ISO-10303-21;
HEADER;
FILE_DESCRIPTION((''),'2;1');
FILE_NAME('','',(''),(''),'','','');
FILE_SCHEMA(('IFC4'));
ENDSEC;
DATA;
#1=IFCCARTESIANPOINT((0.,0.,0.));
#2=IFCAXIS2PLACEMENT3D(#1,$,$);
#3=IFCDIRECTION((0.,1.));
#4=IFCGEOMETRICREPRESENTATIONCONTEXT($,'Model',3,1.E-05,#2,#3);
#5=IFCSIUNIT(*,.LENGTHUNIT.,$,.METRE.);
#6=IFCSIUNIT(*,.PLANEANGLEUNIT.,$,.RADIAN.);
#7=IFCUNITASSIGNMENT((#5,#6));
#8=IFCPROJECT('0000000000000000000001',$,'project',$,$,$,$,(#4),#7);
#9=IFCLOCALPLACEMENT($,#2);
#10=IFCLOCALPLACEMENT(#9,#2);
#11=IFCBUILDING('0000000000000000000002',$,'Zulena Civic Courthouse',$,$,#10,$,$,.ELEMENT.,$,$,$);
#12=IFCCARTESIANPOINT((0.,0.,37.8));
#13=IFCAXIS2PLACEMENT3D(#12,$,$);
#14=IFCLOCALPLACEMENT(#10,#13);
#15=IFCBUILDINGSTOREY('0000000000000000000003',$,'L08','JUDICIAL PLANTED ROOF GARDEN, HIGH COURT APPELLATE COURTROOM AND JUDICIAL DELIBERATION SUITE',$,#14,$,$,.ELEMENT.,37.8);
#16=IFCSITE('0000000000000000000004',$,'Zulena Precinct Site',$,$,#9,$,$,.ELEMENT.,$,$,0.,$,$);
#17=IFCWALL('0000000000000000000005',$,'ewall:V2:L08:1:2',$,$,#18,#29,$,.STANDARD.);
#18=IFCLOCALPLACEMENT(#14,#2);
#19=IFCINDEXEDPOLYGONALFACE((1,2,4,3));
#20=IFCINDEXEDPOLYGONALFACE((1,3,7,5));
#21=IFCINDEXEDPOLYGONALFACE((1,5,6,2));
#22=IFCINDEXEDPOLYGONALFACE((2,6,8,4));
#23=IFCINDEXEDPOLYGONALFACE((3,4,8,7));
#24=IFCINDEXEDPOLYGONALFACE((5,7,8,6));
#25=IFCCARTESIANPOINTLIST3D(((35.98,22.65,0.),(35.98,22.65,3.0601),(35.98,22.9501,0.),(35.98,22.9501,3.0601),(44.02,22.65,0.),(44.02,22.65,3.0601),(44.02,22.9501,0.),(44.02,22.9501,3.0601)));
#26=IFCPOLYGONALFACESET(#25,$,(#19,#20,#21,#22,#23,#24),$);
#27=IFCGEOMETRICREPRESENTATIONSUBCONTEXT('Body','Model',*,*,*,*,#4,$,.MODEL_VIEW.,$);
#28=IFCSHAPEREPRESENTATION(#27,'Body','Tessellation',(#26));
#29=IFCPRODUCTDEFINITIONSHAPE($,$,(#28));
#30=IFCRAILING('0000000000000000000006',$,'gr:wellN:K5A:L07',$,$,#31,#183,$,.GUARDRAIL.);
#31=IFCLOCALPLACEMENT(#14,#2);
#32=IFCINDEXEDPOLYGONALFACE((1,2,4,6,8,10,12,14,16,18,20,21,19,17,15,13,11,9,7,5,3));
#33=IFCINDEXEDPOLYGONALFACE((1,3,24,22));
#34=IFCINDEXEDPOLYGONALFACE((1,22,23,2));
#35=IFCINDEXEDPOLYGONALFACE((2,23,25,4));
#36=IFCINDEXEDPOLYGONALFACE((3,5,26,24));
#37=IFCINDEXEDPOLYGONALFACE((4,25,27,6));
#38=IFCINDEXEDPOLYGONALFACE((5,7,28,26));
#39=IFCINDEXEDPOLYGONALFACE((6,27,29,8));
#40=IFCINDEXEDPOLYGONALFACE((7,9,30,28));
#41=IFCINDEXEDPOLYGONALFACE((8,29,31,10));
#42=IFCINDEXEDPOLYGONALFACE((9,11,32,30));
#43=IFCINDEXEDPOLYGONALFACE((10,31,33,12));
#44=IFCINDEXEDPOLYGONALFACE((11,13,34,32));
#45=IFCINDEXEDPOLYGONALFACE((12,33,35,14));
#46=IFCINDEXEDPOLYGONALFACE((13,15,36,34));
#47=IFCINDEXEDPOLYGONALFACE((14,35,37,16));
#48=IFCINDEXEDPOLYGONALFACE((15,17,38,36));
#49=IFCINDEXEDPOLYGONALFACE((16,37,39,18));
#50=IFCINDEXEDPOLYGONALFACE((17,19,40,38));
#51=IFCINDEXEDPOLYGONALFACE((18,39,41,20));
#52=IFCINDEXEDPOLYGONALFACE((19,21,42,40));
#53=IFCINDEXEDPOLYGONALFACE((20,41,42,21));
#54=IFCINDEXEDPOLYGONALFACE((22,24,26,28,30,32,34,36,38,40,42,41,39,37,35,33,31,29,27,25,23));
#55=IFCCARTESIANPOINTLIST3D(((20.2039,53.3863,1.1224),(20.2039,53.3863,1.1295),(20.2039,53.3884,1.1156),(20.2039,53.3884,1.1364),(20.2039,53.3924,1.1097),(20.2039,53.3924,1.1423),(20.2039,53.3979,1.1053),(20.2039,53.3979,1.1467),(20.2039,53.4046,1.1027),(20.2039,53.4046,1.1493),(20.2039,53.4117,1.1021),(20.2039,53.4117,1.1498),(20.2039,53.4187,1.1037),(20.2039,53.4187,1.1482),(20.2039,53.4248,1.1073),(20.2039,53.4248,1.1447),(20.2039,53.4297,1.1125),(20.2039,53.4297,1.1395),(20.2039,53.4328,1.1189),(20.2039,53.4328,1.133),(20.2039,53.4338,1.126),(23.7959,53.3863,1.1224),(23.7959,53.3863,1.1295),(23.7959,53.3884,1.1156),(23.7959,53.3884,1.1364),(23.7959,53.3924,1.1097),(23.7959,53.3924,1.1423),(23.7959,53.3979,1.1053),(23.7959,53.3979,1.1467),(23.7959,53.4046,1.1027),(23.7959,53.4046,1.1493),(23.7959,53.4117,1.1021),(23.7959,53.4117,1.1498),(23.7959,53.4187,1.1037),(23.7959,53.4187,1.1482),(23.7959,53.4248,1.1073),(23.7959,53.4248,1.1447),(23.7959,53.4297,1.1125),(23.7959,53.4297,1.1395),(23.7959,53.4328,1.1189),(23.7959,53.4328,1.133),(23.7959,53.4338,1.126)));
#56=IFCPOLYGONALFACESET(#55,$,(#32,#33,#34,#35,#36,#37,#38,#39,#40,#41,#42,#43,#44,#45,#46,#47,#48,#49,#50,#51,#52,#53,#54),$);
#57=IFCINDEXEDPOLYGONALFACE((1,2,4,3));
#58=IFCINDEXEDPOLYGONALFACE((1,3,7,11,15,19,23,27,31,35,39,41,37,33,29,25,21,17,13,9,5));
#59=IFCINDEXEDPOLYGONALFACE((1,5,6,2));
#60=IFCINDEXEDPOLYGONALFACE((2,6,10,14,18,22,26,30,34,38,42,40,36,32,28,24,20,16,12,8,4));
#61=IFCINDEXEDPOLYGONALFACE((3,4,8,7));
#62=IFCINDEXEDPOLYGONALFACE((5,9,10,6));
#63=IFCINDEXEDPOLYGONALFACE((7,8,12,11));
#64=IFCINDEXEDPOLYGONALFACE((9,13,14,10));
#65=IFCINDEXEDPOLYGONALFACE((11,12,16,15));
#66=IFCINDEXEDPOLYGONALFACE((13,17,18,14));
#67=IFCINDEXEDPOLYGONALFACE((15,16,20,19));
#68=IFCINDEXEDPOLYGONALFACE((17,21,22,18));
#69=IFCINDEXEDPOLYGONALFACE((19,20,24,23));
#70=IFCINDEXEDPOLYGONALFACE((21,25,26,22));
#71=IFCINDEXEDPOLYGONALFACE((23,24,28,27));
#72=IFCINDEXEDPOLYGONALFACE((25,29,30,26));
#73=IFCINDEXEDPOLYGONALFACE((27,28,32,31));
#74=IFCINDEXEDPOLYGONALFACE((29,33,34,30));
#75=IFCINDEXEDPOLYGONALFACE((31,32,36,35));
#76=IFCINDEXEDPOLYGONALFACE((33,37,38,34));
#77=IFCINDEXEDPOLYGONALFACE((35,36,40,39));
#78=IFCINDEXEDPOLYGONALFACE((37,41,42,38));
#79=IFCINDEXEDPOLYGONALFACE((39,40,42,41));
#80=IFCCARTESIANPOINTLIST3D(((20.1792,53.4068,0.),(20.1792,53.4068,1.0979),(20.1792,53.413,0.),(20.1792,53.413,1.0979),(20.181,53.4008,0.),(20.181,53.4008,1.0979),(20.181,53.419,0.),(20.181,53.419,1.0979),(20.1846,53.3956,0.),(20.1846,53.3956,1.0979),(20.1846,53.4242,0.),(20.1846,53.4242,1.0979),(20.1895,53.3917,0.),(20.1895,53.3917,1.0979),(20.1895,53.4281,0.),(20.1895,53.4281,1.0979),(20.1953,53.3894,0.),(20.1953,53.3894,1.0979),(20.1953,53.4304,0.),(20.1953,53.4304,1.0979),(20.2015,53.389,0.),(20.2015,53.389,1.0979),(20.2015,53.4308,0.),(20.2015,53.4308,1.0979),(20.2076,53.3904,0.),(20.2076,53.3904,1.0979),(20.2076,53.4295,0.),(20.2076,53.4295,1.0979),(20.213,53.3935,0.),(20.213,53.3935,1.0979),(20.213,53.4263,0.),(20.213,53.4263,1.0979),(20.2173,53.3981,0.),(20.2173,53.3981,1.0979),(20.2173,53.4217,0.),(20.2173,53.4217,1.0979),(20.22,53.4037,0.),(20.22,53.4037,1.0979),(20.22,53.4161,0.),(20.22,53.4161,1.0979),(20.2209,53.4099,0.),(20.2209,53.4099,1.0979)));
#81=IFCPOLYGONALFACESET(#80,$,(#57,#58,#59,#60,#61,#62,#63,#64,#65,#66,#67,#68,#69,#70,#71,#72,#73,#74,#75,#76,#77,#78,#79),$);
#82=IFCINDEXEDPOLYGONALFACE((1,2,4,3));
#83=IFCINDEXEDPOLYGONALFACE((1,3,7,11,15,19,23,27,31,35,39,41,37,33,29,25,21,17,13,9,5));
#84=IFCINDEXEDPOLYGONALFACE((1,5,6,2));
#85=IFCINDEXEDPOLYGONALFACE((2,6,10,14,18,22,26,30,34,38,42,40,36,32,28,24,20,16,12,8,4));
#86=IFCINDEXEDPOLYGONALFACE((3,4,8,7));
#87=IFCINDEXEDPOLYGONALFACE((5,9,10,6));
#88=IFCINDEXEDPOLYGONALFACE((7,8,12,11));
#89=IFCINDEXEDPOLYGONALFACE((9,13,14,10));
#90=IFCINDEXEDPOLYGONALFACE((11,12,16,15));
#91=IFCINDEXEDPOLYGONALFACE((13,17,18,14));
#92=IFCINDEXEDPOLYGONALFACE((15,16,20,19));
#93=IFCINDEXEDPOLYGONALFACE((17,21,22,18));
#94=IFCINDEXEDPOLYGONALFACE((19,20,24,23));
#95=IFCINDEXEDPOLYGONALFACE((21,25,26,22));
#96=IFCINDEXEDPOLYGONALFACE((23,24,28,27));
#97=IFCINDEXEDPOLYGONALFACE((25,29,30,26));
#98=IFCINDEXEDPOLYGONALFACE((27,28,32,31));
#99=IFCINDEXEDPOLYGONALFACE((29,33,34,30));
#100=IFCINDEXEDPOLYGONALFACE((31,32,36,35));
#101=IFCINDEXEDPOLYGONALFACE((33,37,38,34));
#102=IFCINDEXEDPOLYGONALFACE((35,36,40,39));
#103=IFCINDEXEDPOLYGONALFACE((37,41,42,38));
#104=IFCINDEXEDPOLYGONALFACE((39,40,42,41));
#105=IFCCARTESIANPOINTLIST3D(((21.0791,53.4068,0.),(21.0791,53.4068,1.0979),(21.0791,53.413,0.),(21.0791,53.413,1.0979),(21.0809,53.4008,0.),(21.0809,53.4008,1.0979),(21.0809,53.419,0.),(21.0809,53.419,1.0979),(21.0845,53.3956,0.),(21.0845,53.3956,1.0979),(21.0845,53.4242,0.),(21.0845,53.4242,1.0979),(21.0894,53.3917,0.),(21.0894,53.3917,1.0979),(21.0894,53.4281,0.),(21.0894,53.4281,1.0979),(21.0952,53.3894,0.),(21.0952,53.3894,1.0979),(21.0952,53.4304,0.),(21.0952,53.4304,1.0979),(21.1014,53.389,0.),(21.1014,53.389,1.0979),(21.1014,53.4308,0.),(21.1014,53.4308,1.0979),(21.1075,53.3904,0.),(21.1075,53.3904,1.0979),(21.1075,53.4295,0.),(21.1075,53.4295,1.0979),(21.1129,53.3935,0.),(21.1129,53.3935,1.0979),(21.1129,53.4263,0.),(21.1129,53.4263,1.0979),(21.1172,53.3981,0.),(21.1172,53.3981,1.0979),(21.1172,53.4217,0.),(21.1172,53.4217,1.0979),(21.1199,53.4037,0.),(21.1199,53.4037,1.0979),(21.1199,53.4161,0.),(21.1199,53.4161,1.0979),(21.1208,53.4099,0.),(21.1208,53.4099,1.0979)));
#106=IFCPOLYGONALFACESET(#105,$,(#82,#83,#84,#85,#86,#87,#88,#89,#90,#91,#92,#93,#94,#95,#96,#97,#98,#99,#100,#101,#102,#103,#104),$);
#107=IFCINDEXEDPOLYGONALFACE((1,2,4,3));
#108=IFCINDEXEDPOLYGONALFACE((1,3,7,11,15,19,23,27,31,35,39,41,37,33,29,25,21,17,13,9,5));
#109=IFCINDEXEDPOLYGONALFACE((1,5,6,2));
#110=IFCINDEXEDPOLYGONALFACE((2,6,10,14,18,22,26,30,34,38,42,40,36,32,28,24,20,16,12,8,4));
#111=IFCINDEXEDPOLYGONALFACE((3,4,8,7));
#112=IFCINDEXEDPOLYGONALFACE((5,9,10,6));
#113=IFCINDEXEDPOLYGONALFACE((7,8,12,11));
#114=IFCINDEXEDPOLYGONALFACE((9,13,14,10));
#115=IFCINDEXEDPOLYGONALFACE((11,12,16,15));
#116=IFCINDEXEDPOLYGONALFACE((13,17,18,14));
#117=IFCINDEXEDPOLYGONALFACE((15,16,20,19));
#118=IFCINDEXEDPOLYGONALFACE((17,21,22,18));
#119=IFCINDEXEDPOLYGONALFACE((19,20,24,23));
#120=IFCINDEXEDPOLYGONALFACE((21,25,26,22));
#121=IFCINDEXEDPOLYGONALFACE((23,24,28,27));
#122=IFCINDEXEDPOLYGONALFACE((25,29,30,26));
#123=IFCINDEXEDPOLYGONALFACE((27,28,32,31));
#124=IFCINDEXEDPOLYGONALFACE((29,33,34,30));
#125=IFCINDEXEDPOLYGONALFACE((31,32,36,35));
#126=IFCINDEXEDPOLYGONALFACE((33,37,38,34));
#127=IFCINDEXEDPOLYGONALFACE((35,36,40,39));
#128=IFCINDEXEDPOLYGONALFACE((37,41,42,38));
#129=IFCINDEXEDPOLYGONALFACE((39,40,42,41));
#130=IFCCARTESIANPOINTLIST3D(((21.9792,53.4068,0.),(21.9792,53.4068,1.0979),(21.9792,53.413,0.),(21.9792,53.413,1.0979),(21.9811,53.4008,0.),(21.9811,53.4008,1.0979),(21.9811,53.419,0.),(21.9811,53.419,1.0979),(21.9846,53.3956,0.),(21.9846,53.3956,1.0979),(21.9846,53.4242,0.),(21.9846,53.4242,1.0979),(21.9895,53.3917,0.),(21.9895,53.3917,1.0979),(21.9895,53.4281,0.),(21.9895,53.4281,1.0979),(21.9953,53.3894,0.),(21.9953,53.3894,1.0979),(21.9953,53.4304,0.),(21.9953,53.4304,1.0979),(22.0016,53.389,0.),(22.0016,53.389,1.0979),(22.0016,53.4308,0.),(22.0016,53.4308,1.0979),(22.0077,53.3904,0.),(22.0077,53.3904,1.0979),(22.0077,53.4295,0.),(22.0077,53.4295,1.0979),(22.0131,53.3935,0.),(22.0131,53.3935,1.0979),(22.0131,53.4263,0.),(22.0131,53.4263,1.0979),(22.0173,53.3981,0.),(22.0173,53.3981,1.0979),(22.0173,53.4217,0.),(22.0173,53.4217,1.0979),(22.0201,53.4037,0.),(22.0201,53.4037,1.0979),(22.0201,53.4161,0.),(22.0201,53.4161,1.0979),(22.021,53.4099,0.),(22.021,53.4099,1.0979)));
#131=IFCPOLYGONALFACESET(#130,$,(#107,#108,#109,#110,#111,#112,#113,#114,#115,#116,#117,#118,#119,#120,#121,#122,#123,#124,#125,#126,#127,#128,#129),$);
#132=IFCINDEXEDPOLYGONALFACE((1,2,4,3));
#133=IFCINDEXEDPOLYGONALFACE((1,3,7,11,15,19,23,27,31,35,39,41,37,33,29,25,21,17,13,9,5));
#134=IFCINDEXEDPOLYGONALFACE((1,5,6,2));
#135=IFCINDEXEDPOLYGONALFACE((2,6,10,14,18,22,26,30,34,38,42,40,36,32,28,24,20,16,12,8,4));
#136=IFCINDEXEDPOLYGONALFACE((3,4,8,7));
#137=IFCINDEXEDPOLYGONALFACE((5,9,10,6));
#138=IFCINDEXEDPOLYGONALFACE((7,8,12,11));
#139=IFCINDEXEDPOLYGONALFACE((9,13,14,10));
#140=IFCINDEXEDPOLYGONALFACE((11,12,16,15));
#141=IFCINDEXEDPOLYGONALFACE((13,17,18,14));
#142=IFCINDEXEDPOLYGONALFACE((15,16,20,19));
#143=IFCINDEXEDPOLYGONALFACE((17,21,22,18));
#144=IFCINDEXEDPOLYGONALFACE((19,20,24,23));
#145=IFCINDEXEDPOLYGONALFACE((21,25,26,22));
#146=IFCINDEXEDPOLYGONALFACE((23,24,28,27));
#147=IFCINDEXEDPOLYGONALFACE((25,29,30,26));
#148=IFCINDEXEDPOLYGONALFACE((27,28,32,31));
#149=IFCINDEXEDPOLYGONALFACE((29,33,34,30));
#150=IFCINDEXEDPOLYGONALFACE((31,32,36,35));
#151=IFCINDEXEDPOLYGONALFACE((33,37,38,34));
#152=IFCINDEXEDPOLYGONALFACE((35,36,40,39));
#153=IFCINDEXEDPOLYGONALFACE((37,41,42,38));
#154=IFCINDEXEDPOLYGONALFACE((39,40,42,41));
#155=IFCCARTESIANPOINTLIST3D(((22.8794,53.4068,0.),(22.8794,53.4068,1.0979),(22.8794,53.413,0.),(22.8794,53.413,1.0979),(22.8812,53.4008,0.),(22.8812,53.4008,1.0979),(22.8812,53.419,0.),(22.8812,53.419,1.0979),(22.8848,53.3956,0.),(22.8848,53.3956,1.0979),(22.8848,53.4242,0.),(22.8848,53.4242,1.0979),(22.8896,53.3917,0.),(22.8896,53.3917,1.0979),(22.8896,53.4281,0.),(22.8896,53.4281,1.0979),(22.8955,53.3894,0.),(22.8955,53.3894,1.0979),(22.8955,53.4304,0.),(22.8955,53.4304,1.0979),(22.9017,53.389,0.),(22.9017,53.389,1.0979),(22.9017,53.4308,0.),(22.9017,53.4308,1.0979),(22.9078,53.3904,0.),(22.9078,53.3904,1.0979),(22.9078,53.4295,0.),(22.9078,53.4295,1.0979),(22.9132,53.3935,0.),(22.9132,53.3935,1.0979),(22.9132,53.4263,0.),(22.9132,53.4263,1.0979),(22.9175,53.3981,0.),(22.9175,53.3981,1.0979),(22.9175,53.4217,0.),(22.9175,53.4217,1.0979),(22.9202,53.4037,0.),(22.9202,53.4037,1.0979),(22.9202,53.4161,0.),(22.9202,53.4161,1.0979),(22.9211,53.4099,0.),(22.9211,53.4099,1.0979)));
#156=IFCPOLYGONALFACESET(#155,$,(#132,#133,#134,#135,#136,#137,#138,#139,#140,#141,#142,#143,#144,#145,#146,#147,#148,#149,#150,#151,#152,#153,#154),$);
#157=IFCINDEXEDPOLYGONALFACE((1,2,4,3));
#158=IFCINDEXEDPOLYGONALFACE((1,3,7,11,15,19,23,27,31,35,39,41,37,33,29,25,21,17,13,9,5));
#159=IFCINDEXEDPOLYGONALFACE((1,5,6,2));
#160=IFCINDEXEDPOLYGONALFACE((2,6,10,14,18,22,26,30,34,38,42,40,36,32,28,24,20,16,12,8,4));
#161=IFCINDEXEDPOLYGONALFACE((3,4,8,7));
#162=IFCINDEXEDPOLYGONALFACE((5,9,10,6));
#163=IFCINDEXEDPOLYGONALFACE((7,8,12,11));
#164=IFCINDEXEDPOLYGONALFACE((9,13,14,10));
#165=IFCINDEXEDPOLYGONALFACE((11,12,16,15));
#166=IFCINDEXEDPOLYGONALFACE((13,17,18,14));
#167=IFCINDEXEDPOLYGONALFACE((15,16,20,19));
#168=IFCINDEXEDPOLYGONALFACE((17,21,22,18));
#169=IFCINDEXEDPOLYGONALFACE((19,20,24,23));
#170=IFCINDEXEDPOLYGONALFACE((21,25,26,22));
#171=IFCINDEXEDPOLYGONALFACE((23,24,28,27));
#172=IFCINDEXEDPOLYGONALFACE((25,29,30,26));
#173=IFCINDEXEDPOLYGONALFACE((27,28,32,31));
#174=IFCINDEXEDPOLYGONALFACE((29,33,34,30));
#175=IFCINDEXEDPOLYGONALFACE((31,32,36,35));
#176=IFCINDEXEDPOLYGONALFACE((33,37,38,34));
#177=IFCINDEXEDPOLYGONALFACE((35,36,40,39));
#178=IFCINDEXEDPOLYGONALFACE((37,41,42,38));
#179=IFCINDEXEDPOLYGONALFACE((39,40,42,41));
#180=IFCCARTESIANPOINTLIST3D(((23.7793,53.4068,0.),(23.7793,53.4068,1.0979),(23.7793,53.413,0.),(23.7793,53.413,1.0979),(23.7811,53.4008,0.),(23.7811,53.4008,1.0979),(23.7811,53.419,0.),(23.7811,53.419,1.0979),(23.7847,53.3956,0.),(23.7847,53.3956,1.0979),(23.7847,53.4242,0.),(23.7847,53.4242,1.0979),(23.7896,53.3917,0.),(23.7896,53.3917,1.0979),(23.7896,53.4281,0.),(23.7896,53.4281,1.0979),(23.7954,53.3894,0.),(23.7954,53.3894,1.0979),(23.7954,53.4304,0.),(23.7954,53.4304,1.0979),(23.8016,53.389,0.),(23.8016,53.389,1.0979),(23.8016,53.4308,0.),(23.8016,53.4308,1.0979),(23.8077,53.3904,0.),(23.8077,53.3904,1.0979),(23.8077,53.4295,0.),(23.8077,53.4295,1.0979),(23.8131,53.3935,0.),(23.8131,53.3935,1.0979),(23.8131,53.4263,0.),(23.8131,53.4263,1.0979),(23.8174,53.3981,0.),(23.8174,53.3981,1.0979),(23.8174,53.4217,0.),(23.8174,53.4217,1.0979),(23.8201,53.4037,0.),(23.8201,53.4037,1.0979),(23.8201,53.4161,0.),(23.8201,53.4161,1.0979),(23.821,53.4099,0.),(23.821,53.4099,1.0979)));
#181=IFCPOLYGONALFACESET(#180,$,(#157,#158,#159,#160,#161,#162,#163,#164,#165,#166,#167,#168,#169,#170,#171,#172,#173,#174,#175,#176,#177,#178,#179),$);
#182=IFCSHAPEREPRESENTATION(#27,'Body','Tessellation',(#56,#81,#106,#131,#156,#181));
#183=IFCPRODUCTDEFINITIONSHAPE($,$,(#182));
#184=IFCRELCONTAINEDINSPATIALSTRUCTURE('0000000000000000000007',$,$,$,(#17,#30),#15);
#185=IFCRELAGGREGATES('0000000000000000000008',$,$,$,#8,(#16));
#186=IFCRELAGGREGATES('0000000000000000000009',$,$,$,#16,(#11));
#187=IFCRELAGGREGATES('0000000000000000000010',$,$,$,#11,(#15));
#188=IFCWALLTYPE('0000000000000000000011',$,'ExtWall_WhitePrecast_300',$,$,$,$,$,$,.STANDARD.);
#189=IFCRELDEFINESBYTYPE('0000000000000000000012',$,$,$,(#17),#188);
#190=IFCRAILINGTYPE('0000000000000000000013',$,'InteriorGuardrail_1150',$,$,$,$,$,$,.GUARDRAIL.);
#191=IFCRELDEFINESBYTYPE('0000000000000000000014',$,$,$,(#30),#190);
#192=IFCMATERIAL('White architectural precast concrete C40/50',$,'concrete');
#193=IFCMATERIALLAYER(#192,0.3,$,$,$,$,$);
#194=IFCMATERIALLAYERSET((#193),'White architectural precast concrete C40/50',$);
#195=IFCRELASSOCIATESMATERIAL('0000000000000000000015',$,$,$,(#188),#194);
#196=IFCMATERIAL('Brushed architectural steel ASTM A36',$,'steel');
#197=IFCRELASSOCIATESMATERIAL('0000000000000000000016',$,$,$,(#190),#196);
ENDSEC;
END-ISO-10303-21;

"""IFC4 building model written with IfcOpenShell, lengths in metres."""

from ifc_helpers import new_model, si_unit, direction, frame, frame_2d, origin, origin_2d, place, context, subcontext, project, spatial, rectangle, circle, extrude, material, layer, layer_set, type_object, element, save


model = new_model("IFC4")

# Units and contexts
model_context = context("Model", 3, precision=1e-05, world=origin(), true_north=direction((0.0, 1.0)))
body_context = subcontext(model_context, "Body", "Model", "MODEL_VIEW")
ifc_project = project(units=[si_unit("LENGTHUNIT", "METRE"), si_unit("PLANEANGLEUNIT", "RADIAN")], contexts=[model_context])

# Site, building, storey
site_placement = place(None, origin())
site = spatial("IfcSite", under=ifc_project, at=site_placement, Name="Zulena Precinct Site", CompositionType="ELEMENT", RefElevation=0.0)
building_placement = place(site_placement, origin())
building = spatial("IfcBuilding", under=site, at=building_placement, Name="Zulena Civic Courthouse", CompositionType="ELEMENT")
storey_placement = place(building_placement, frame((0.0, 0.0, 37.8)))
storey = spatial("IfcBuildingStorey", under=building, at=storey_placement, Name="L08", Description="JUDICIAL PLANTED ROOF GARDEN, HIGH COURT APPELLATE COURTROOM AND JUDICIAL DELIBERATION SUITE", CompositionType="ELEMENT", Elevation=37.8)

# Wall
ifc_material_1 = material(Name="White architectural precast concrete C40/50", Category="concrete")
ifc_layer_1 = layer(ifc_material_1, 0.3)
ifc_layer_set_1 = layer_set([ifc_layer_1], Name="White architectural precast concrete C40/50")
wall_type_1 = type_object("IfcWallType", Name="ExtWall_WhitePrecast_300", PredefinedType="STANDARD", material=ifc_layer_set_1)
wall_1_placement = place(storey_placement, frame((35.98, 22.8, 0.0), z_axis=(0.0, 0.0, 1.0), x_axis=(1.0, 0.0, 0.0)))
element("IfcWall", 1, at=wall_1_placement, inside=storey, type_object=wall_type_1, Name="ewall:V2:L08:1:2", PredefinedType="STANDARD", context=body_context, shape_type="SweptSolid", body=[
    extrude(rectangle(XDim=8.04, YDim=0.3, at=frame_2d((4.02, 0.0))), origin(), (0.0, 0.0, 1.0), 3.0601),
])

# Railing
ifc_material_2 = material(Name="Brushed architectural steel ASTM A36", Category="steel")
railing_type_1 = type_object("IfcRailingType", Name="InteriorGuardrail_1150", PredefinedType="GUARDRAIL", material=ifc_material_2)
railing_1_placement = place(storey_placement, frame((20.2, 53.4099, 0.0)))
element("IfcRailing", 2, at=railing_1_placement, inside=storey, type_object=railing_type_1, Name="gr:wellN:K5A:L07", PredefinedType="GUARDRAIL", context=body_context, shape_type="SweptSolid", body=[
    extrude(circle(Radius=0.0239, at=origin_2d()), frame((0.0039, 0.0, 1.126), z_axis=(1.0, 0.0, 0.0), x_axis=(0.0, 1.0, 0.0)), (0.0, 0.0, 1.0), 3.592),
    extrude(circle(Radius=0.021, at=origin_2d()), origin(), (0.0, 0.0, 1.0), 1.0979),
    extrude(circle(Radius=0.021, at=origin_2d()), frame((0.8999, 0.0, 0.0)), (0.0, 0.0, 1.0), 1.0979),
    extrude(circle(Radius=0.021, at=origin_2d()), frame((1.8, 0.0, 0.0)), (0.0, 0.0, 1.0), 1.0979),
    extrude(circle(Radius=0.021, at=origin_2d()), frame((2.7002, 0.0, 0.0)), (0.0, 0.0, 1.0), 1.0979),
    extrude(circle(Radius=0.021, at=origin_2d()), frame((3.6001, 0.0, 0.0)), (0.0, 0.0, 1.0), 1.0979),
])

save(model, "model.ifc")
